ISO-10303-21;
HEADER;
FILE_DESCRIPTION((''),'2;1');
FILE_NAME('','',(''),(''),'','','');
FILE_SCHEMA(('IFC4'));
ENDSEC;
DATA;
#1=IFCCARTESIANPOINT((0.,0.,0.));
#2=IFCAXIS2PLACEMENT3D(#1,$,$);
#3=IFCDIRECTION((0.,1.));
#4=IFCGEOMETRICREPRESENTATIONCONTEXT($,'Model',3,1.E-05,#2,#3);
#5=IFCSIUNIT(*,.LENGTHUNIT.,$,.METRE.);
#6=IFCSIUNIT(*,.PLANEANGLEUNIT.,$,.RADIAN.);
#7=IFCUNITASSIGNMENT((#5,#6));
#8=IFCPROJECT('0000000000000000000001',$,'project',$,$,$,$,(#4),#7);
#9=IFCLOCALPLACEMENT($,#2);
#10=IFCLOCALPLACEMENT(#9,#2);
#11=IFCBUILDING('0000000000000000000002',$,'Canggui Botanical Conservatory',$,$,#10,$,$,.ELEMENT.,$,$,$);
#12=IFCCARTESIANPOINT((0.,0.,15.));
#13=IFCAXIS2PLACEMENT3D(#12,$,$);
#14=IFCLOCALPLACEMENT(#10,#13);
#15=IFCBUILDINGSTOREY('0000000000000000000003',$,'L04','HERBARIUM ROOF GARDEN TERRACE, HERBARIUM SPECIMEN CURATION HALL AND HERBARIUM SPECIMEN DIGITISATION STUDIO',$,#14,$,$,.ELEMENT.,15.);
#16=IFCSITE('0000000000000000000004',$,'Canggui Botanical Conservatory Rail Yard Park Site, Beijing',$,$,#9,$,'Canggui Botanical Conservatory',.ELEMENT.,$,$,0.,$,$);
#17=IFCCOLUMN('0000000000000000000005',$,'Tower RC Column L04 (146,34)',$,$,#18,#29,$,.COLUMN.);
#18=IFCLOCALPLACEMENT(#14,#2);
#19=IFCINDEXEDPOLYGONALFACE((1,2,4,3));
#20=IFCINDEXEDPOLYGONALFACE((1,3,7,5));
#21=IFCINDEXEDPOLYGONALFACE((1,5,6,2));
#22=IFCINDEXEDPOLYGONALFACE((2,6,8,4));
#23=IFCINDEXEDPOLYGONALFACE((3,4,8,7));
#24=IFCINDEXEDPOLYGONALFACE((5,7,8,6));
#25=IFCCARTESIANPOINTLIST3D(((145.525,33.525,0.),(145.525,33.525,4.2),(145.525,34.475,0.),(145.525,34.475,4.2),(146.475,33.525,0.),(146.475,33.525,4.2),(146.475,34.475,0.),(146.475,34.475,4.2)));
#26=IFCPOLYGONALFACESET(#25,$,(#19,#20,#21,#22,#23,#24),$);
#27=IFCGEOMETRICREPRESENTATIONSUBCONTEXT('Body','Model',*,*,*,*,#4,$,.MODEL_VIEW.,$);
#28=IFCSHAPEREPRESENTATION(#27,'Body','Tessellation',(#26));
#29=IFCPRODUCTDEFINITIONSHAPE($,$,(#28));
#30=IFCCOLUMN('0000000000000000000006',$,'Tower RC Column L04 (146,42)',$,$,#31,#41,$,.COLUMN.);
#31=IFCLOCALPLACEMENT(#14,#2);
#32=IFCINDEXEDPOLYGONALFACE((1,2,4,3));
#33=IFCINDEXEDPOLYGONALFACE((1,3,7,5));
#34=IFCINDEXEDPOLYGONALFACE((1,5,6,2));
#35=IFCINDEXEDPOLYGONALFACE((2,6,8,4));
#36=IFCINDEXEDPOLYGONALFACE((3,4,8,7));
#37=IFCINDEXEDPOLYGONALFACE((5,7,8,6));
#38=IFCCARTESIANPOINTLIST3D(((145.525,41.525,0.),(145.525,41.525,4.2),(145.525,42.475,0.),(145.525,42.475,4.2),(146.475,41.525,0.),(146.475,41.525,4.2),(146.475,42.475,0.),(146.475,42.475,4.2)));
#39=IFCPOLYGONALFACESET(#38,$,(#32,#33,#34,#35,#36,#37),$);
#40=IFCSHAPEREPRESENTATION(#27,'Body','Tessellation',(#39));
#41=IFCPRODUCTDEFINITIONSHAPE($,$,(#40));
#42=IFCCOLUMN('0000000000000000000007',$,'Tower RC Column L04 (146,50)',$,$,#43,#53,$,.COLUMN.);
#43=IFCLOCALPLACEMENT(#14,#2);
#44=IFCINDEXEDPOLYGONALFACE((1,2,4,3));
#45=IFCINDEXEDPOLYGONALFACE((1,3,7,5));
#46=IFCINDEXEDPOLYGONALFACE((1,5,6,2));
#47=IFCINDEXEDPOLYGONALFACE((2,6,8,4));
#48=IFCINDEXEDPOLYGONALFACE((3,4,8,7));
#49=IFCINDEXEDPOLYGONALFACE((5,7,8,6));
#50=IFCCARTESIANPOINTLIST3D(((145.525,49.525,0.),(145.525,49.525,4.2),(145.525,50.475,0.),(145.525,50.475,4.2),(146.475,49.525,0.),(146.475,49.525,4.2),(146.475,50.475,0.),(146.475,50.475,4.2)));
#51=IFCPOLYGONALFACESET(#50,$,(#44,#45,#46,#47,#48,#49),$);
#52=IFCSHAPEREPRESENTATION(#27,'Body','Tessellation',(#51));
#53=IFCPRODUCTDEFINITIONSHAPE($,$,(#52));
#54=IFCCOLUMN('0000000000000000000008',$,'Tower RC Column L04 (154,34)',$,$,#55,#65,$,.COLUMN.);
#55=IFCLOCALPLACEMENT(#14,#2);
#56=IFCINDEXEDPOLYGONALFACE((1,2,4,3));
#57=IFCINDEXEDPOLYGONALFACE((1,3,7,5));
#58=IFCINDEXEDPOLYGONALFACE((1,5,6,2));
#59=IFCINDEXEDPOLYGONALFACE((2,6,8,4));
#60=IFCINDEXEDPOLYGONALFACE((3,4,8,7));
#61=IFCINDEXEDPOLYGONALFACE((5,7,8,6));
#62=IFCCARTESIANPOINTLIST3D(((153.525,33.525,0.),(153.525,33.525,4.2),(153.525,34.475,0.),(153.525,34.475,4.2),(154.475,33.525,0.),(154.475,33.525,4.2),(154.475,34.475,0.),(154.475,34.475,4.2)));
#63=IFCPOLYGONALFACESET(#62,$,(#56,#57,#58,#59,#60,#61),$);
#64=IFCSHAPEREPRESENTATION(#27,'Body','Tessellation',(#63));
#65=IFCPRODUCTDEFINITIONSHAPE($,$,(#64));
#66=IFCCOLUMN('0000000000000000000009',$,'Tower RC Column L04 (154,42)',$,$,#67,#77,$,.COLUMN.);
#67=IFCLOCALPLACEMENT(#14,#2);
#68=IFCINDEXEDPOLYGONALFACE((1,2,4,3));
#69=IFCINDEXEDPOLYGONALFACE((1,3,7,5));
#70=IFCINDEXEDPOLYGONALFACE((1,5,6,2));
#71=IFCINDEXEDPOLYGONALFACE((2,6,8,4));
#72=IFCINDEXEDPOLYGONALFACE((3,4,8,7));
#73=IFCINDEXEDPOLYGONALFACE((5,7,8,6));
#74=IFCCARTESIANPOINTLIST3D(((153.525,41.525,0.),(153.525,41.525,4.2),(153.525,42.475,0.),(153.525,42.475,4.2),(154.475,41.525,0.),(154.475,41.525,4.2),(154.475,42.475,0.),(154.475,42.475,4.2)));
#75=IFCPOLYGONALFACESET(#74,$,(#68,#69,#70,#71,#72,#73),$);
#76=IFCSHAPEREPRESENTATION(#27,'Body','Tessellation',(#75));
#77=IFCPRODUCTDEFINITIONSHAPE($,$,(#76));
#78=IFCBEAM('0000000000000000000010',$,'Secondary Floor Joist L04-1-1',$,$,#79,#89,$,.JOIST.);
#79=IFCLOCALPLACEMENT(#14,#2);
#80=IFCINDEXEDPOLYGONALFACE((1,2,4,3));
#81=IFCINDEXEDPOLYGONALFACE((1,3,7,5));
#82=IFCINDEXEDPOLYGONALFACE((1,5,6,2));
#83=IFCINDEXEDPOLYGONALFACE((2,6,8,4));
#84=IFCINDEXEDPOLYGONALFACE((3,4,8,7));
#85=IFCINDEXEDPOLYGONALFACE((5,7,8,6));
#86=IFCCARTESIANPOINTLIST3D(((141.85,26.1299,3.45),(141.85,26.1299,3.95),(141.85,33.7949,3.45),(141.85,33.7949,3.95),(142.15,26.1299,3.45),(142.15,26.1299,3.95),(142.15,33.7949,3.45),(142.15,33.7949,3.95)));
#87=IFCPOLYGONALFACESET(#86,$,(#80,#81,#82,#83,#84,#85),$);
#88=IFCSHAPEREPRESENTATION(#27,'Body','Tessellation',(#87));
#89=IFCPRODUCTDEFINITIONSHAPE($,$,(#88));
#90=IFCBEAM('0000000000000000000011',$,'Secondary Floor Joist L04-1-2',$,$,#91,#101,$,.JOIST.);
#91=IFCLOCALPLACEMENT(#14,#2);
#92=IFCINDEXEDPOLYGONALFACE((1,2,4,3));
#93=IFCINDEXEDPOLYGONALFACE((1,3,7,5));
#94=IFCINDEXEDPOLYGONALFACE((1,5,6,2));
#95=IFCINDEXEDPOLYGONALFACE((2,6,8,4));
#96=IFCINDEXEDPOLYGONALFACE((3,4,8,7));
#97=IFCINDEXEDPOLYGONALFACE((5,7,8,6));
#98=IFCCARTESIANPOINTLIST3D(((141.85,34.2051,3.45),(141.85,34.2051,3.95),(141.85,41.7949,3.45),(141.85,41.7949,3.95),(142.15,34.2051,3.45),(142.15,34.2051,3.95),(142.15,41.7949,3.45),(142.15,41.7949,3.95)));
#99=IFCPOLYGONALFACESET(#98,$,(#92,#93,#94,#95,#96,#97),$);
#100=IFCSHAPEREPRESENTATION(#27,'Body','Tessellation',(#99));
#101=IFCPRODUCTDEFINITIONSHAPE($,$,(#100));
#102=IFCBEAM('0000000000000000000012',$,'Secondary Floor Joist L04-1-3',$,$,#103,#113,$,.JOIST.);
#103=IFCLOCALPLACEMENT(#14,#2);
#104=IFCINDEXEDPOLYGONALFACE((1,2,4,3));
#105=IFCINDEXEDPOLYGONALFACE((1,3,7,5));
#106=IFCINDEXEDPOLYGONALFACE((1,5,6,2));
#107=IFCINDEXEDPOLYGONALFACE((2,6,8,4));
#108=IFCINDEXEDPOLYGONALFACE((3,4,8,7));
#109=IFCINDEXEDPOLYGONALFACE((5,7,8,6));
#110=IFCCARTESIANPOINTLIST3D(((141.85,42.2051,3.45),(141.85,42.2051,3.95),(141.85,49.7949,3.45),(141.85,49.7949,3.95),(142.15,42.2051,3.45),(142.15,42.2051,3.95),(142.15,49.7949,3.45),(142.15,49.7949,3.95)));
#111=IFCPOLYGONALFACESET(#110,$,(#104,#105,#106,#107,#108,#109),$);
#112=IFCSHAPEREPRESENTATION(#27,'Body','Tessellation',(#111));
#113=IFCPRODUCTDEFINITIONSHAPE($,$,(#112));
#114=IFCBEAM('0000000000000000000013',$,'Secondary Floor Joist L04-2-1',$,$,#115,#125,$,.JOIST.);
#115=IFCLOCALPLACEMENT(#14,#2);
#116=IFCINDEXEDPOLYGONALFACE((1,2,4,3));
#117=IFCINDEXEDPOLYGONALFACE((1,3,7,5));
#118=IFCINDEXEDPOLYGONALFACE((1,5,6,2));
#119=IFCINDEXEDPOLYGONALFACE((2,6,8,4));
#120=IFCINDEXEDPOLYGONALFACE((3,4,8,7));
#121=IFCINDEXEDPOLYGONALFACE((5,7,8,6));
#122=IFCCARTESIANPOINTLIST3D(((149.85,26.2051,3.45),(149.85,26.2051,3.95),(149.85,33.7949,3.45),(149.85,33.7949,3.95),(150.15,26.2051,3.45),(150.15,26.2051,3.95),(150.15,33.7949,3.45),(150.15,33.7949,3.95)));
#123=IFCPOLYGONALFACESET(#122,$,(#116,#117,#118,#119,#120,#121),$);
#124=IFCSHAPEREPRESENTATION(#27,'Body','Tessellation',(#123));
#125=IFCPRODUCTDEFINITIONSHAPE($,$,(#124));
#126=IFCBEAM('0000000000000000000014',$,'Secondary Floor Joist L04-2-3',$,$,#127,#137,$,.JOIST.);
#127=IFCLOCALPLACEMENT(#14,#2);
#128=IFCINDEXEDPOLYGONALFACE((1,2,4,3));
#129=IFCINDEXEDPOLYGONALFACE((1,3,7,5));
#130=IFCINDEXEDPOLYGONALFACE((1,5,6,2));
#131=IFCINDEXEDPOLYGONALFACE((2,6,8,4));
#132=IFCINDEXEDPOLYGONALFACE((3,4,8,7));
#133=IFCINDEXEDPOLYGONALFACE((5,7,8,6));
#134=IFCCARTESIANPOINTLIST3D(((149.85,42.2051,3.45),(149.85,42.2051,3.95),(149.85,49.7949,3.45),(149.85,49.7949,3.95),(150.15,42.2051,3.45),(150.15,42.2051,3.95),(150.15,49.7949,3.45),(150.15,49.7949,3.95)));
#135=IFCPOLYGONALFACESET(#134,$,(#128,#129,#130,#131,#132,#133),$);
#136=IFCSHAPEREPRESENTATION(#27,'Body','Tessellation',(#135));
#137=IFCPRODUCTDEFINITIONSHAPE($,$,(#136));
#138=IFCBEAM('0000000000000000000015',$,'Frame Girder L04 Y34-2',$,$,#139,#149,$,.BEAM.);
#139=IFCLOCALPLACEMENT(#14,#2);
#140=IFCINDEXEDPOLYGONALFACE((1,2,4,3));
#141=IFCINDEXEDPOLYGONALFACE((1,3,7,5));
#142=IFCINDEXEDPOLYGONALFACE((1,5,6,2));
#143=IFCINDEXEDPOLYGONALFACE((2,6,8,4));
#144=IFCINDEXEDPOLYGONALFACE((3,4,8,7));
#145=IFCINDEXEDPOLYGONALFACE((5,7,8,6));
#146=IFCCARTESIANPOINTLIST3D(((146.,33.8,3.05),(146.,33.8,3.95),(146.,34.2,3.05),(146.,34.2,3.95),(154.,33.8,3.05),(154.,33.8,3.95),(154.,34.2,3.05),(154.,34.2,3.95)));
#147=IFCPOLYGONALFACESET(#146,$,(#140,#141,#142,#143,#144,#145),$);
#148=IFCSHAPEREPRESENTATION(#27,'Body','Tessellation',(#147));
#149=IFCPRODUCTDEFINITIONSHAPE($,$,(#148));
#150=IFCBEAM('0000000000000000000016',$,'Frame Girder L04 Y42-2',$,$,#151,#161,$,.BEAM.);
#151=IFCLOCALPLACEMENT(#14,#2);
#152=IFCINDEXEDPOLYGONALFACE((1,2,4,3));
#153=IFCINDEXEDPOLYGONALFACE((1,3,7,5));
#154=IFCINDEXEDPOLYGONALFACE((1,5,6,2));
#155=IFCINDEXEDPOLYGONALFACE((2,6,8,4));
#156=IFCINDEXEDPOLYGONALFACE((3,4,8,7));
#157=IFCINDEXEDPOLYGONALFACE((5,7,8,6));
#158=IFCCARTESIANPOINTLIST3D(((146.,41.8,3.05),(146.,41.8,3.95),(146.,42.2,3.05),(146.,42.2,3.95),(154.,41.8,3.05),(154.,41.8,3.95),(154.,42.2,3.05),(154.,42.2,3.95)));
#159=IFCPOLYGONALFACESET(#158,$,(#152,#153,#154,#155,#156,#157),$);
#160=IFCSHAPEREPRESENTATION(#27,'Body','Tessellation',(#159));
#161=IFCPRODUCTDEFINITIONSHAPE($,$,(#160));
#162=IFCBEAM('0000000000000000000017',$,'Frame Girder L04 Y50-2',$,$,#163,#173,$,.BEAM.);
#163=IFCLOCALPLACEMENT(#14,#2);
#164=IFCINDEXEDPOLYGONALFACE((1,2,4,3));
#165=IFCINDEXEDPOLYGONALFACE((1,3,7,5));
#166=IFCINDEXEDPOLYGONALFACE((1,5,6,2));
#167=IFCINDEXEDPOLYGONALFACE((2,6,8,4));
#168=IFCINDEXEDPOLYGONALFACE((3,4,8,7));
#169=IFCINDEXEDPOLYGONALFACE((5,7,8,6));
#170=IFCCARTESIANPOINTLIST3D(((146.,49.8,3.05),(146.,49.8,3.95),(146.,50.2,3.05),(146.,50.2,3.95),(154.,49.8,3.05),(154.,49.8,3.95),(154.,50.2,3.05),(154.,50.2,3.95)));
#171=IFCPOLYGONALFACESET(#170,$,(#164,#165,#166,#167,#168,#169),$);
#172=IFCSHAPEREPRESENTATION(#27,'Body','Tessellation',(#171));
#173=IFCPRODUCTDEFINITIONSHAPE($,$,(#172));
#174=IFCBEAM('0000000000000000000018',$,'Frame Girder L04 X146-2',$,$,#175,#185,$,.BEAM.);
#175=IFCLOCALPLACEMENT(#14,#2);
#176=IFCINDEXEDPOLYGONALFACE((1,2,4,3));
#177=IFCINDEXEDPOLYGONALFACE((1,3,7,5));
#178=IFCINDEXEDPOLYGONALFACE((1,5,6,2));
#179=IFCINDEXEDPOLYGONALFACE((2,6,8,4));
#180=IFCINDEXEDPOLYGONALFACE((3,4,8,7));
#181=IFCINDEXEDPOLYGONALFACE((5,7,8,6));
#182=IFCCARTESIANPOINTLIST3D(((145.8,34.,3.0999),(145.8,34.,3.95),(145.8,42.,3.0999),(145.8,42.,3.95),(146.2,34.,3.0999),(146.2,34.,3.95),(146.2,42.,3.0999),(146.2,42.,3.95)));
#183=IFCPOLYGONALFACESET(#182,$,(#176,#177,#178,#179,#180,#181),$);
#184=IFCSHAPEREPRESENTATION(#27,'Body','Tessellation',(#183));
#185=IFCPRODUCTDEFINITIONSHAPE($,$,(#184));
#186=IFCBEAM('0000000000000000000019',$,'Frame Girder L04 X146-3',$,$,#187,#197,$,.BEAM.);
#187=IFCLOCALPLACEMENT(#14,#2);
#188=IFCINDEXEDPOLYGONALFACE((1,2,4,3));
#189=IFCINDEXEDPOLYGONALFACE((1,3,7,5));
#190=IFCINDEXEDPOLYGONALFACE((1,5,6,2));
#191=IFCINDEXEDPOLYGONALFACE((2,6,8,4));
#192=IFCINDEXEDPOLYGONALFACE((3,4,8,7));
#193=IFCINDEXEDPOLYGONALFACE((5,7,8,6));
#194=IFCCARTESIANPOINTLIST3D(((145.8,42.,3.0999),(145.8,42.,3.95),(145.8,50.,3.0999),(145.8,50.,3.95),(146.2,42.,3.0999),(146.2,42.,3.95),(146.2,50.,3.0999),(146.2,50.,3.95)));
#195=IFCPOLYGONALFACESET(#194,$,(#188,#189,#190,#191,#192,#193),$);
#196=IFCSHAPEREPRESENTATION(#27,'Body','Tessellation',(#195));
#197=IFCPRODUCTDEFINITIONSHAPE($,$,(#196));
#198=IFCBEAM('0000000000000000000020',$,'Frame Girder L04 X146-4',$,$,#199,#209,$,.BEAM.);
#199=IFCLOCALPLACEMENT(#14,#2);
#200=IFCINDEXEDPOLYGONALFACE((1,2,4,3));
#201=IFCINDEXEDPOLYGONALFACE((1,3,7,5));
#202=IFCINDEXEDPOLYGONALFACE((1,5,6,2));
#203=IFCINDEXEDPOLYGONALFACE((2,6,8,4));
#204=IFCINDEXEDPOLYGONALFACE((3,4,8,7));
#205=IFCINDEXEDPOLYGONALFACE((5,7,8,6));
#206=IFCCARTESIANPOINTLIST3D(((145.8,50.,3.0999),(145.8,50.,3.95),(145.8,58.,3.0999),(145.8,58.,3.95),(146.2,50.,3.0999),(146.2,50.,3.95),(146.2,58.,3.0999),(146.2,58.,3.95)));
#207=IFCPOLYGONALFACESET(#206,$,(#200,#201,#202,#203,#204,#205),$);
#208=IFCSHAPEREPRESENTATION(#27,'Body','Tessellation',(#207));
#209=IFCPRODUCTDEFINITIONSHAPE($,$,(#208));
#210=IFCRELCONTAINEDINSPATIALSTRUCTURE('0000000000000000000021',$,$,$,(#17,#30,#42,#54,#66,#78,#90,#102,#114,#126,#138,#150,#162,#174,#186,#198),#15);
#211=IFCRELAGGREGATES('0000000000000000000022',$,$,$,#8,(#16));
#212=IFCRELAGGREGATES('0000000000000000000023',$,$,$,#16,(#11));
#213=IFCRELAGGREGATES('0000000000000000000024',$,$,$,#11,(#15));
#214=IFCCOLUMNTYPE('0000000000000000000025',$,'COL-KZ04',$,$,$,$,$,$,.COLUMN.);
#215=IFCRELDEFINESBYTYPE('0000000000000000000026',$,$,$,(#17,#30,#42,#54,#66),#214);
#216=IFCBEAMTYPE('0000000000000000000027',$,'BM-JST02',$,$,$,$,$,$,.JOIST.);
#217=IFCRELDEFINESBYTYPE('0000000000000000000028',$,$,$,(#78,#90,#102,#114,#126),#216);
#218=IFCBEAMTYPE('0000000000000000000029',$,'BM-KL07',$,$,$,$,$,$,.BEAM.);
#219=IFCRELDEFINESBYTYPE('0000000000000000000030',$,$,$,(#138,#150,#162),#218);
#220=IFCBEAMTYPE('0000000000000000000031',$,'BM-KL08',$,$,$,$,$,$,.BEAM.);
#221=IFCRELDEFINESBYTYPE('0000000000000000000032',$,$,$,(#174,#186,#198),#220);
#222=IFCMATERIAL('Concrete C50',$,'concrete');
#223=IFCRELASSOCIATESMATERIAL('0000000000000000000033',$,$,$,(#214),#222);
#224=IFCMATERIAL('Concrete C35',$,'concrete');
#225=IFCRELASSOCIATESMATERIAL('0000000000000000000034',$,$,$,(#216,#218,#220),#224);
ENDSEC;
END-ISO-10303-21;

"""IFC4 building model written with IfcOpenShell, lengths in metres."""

from ifc_helpers import new_model, si_unit, direction, frame, origin, origin_2d, place, context, subcontext, project, spatial, rectangle, extrude, material, material_profile, profile_set, type_object, element, save


model = new_model("IFC4")

# Units and contexts
model_context = context("Model", 3, precision=1e-05, world=origin(), true_north=direction((0.0, 1.0)))
body_context = subcontext(model_context, "Body", "Model", "MODEL_VIEW")
ifc_project = project(units=[si_unit("LENGTHUNIT", "METRE"), si_unit("PLANEANGLEUNIT", "RADIAN")], contexts=[model_context])

# Site, building, storey
site_placement = place(None, origin())
site = spatial("IfcSite", under=ifc_project, at=site_placement, Name="Canggui Botanical Conservatory Rail Yard Park Site, Beijing", LongName="Canggui Botanical Conservatory", CompositionType="ELEMENT", RefElevation=0.0)
building_placement = place(site_placement, origin())
building = spatial("IfcBuilding", under=site, at=building_placement, Name="Canggui Botanical Conservatory", CompositionType="ELEMENT")
storey_placement = place(building_placement, frame((0.0, 0.0, 15.0)))
storey = spatial("IfcBuildingStorey", under=building, at=storey_placement, Name="L04", Description="HERBARIUM ROOF GARDEN TERRACE, HERBARIUM SPECIMEN CURATION HALL AND HERBARIUM SPECIMEN DIGITISATION STUDIO", CompositionType="ELEMENT", Elevation=15.0)

# Columns
ifc_material_1 = material(Name="Concrete C50", Category="concrete")
ifc_material_profile_1 = material_profile(ifc_material_1, rectangle(XDim=0.95, YDim=0.95, at=origin_2d()), Name="RC 950x950")
ifc_profile_set_1 = profile_set([ifc_material_profile_1], Name="Concrete C50")
column_type = type_object("IfcColumnType", Name="COL-KZ04", PredefinedType="COLUMN", material=ifc_profile_set_1)
for number, where, z_axis, x_axis, name in (
    (1, (146.0, 34.0, 0.0), (0.0, 0.0, 1.0), (1.0, 0.0, 0.0), "Tower RC Column L04 (146,34)"),
    (2, (146.0, 42.0, 0.0), (0.0, 0.0, 1.0), (1.0, 0.0, 0.0), "Tower RC Column L04 (146,42)"),
    (3, (146.0, 50.0, 0.0), (0.0, 0.0, 1.0), (1.0, 0.0, 0.0), "Tower RC Column L04 (146,50)"),
    (4, (154.0, 34.0, 0.0), (0.0, 0.0, 1.0), (1.0, 0.0, 0.0), "Tower RC Column L04 (154,34)"),
    (5, (154.0, 42.0, 0.0), (0.0, 0.0, 1.0), (1.0, 0.0, 0.0), "Tower RC Column L04 (154,42)"),
):
    element("IfcColumn", number, at=place(storey_placement, frame(where, z_axis=z_axis, x_axis=x_axis)), inside=storey, type_object=column_type, Name=name, PredefinedType="COLUMN", context=body_context, shape_type="SweptSolid", body=[
        extrude(rectangle(XDim=0.95, YDim=0.95, at=origin_2d()), origin(), (0.0, 0.0, 1.0), 4.2),
    ])

# Beams
ifc_material_2 = material(Name="Concrete C35", Category="concrete")
ifc_material_profile_2 = material_profile(ifc_material_2, rectangle(XDim=0.3, YDim=0.5, at=origin_2d()), Name="RB 300x500")
ifc_profile_set_2 = profile_set([ifc_material_profile_2], Name="Concrete C35")
beam_type_1 = type_object("IfcBeamType", Name="BM-JST02", PredefinedType="JOIST", material=ifc_profile_set_2)
beam_placement = place(storey_placement, frame((142.0, 26.1299, 3.7), z_axis=(0.0, 1.0, 0.0), x_axis=(-1.0, 0.0, 0.0)))
element("IfcBeam", 6, at=beam_placement, inside=storey, type_object=beam_type_1, Name="Secondary Floor Joist L04-1-1", PredefinedType="JOIST", context=body_context, shape_type="SweptSolid", body=[
    extrude(rectangle(XDim=0.3, YDim=0.5, at=origin_2d()), origin(), (0.0, 0.0, 1.0), 7.665),
])
for number, where, z_axis, x_axis, name in (
    (7, (142.0, 34.2051, 3.7), (0.0, 1.0, 0.0), (-1.0, 0.0, 0.0), "Secondary Floor Joist L04-1-2"),
    (8, (142.0, 42.2051, 3.7), (0.0, 1.0, 0.0), (-1.0, 0.0, 0.0), "Secondary Floor Joist L04-1-3"),
    (9, (150.0, 26.2051, 3.7), (0.0, 1.0, 0.0), (-1.0, 0.0, 0.0), "Secondary Floor Joist L04-2-1"),
    (10, (150.0, 42.2051, 3.7), (0.0, 1.0, 0.0), (-1.0, 0.0, 0.0), "Secondary Floor Joist L04-2-3"),
):
    element("IfcBeam", number, at=place(storey_placement, frame(where, z_axis=z_axis, x_axis=x_axis)), inside=storey, type_object=beam_type_1, Name=name, PredefinedType="JOIST", context=body_context, shape_type="SweptSolid", body=[
        extrude(rectangle(XDim=0.3, YDim=0.5, at=origin_2d()), origin(), (0.0, 0.0, 1.0), 7.5898),
    ])
ifc_material_profile_3 = material_profile(ifc_material_2, rectangle(XDim=0.3999, YDim=0.8999, at=origin_2d()), Name="RB 400x900")
ifc_profile_set_3 = profile_set([ifc_material_profile_3], Name="Concrete C35")
beam_type_2 = type_object("IfcBeamType", Name="BM-KL07", PredefinedType="BEAM", material=ifc_profile_set_3)
for number, where, z_axis, x_axis, name in (
    (11, (146.0, 34.0, 3.5), (1.0, 0.0, 0.0), (0.0, 1.0, 0.0), "Frame Girder L04 Y34-2"),
    (12, (146.0, 42.0, 3.5), (1.0, 0.0, 0.0), (0.0, 1.0, 0.0), "Frame Girder L04 Y42-2"),
    (13, (146.0, 50.0, 3.5), (1.0, 0.0, 0.0), (0.0, 1.0, 0.0), "Frame Girder L04 Y50-2"),
):
    element("IfcBeam", number, at=place(storey_placement, frame(where, z_axis=z_axis, x_axis=x_axis)), inside=storey, type_object=beam_type_2, Name=name, PredefinedType="BEAM", context=body_context, shape_type="SweptSolid", body=[
        extrude(rectangle(XDim=0.3999, YDim=0.8999, at=origin_2d()), origin(), (0.0, 0.0, 1.0), 8.0),
    ])
ifc_material_profile_4 = material_profile(ifc_material_2, rectangle(XDim=0.3999, YDim=0.8501, at=origin_2d()), Name="RB 400x850")
ifc_profile_set_4 = profile_set([ifc_material_profile_4], Name="Concrete C35")
beam_type_3 = type_object("IfcBeamType", Name="BM-KL08", PredefinedType="BEAM", material=ifc_profile_set_4)
for number, where, z_axis, x_axis, name in (
    (14, (146.0, 34.0, 3.5249), (0.0, 1.0, 0.0), (-1.0, 0.0, 0.0), "Frame Girder L04 X146-2"),
    (15, (146.0, 42.0, 3.5249), (0.0, 1.0, 0.0), (-1.0, 0.0, 0.0), "Frame Girder L04 X146-3"),
    (16, (146.0, 50.0, 3.5249), (0.0, 1.0, 0.0), (-1.0, 0.0, 0.0), "Frame Girder L04 X146-4"),
):
    element("IfcBeam", number, at=place(storey_placement, frame(where, z_axis=z_axis, x_axis=x_axis)), inside=storey, type_object=beam_type_3, Name=name, PredefinedType="BEAM", context=body_context, shape_type="SweptSolid", body=[
        extrude(rectangle(XDim=0.3999, YDim=0.8501, at=origin_2d()), origin(), (0.0, 0.0, 1.0), 8.0),
    ])

save(model, "model.ifc")
